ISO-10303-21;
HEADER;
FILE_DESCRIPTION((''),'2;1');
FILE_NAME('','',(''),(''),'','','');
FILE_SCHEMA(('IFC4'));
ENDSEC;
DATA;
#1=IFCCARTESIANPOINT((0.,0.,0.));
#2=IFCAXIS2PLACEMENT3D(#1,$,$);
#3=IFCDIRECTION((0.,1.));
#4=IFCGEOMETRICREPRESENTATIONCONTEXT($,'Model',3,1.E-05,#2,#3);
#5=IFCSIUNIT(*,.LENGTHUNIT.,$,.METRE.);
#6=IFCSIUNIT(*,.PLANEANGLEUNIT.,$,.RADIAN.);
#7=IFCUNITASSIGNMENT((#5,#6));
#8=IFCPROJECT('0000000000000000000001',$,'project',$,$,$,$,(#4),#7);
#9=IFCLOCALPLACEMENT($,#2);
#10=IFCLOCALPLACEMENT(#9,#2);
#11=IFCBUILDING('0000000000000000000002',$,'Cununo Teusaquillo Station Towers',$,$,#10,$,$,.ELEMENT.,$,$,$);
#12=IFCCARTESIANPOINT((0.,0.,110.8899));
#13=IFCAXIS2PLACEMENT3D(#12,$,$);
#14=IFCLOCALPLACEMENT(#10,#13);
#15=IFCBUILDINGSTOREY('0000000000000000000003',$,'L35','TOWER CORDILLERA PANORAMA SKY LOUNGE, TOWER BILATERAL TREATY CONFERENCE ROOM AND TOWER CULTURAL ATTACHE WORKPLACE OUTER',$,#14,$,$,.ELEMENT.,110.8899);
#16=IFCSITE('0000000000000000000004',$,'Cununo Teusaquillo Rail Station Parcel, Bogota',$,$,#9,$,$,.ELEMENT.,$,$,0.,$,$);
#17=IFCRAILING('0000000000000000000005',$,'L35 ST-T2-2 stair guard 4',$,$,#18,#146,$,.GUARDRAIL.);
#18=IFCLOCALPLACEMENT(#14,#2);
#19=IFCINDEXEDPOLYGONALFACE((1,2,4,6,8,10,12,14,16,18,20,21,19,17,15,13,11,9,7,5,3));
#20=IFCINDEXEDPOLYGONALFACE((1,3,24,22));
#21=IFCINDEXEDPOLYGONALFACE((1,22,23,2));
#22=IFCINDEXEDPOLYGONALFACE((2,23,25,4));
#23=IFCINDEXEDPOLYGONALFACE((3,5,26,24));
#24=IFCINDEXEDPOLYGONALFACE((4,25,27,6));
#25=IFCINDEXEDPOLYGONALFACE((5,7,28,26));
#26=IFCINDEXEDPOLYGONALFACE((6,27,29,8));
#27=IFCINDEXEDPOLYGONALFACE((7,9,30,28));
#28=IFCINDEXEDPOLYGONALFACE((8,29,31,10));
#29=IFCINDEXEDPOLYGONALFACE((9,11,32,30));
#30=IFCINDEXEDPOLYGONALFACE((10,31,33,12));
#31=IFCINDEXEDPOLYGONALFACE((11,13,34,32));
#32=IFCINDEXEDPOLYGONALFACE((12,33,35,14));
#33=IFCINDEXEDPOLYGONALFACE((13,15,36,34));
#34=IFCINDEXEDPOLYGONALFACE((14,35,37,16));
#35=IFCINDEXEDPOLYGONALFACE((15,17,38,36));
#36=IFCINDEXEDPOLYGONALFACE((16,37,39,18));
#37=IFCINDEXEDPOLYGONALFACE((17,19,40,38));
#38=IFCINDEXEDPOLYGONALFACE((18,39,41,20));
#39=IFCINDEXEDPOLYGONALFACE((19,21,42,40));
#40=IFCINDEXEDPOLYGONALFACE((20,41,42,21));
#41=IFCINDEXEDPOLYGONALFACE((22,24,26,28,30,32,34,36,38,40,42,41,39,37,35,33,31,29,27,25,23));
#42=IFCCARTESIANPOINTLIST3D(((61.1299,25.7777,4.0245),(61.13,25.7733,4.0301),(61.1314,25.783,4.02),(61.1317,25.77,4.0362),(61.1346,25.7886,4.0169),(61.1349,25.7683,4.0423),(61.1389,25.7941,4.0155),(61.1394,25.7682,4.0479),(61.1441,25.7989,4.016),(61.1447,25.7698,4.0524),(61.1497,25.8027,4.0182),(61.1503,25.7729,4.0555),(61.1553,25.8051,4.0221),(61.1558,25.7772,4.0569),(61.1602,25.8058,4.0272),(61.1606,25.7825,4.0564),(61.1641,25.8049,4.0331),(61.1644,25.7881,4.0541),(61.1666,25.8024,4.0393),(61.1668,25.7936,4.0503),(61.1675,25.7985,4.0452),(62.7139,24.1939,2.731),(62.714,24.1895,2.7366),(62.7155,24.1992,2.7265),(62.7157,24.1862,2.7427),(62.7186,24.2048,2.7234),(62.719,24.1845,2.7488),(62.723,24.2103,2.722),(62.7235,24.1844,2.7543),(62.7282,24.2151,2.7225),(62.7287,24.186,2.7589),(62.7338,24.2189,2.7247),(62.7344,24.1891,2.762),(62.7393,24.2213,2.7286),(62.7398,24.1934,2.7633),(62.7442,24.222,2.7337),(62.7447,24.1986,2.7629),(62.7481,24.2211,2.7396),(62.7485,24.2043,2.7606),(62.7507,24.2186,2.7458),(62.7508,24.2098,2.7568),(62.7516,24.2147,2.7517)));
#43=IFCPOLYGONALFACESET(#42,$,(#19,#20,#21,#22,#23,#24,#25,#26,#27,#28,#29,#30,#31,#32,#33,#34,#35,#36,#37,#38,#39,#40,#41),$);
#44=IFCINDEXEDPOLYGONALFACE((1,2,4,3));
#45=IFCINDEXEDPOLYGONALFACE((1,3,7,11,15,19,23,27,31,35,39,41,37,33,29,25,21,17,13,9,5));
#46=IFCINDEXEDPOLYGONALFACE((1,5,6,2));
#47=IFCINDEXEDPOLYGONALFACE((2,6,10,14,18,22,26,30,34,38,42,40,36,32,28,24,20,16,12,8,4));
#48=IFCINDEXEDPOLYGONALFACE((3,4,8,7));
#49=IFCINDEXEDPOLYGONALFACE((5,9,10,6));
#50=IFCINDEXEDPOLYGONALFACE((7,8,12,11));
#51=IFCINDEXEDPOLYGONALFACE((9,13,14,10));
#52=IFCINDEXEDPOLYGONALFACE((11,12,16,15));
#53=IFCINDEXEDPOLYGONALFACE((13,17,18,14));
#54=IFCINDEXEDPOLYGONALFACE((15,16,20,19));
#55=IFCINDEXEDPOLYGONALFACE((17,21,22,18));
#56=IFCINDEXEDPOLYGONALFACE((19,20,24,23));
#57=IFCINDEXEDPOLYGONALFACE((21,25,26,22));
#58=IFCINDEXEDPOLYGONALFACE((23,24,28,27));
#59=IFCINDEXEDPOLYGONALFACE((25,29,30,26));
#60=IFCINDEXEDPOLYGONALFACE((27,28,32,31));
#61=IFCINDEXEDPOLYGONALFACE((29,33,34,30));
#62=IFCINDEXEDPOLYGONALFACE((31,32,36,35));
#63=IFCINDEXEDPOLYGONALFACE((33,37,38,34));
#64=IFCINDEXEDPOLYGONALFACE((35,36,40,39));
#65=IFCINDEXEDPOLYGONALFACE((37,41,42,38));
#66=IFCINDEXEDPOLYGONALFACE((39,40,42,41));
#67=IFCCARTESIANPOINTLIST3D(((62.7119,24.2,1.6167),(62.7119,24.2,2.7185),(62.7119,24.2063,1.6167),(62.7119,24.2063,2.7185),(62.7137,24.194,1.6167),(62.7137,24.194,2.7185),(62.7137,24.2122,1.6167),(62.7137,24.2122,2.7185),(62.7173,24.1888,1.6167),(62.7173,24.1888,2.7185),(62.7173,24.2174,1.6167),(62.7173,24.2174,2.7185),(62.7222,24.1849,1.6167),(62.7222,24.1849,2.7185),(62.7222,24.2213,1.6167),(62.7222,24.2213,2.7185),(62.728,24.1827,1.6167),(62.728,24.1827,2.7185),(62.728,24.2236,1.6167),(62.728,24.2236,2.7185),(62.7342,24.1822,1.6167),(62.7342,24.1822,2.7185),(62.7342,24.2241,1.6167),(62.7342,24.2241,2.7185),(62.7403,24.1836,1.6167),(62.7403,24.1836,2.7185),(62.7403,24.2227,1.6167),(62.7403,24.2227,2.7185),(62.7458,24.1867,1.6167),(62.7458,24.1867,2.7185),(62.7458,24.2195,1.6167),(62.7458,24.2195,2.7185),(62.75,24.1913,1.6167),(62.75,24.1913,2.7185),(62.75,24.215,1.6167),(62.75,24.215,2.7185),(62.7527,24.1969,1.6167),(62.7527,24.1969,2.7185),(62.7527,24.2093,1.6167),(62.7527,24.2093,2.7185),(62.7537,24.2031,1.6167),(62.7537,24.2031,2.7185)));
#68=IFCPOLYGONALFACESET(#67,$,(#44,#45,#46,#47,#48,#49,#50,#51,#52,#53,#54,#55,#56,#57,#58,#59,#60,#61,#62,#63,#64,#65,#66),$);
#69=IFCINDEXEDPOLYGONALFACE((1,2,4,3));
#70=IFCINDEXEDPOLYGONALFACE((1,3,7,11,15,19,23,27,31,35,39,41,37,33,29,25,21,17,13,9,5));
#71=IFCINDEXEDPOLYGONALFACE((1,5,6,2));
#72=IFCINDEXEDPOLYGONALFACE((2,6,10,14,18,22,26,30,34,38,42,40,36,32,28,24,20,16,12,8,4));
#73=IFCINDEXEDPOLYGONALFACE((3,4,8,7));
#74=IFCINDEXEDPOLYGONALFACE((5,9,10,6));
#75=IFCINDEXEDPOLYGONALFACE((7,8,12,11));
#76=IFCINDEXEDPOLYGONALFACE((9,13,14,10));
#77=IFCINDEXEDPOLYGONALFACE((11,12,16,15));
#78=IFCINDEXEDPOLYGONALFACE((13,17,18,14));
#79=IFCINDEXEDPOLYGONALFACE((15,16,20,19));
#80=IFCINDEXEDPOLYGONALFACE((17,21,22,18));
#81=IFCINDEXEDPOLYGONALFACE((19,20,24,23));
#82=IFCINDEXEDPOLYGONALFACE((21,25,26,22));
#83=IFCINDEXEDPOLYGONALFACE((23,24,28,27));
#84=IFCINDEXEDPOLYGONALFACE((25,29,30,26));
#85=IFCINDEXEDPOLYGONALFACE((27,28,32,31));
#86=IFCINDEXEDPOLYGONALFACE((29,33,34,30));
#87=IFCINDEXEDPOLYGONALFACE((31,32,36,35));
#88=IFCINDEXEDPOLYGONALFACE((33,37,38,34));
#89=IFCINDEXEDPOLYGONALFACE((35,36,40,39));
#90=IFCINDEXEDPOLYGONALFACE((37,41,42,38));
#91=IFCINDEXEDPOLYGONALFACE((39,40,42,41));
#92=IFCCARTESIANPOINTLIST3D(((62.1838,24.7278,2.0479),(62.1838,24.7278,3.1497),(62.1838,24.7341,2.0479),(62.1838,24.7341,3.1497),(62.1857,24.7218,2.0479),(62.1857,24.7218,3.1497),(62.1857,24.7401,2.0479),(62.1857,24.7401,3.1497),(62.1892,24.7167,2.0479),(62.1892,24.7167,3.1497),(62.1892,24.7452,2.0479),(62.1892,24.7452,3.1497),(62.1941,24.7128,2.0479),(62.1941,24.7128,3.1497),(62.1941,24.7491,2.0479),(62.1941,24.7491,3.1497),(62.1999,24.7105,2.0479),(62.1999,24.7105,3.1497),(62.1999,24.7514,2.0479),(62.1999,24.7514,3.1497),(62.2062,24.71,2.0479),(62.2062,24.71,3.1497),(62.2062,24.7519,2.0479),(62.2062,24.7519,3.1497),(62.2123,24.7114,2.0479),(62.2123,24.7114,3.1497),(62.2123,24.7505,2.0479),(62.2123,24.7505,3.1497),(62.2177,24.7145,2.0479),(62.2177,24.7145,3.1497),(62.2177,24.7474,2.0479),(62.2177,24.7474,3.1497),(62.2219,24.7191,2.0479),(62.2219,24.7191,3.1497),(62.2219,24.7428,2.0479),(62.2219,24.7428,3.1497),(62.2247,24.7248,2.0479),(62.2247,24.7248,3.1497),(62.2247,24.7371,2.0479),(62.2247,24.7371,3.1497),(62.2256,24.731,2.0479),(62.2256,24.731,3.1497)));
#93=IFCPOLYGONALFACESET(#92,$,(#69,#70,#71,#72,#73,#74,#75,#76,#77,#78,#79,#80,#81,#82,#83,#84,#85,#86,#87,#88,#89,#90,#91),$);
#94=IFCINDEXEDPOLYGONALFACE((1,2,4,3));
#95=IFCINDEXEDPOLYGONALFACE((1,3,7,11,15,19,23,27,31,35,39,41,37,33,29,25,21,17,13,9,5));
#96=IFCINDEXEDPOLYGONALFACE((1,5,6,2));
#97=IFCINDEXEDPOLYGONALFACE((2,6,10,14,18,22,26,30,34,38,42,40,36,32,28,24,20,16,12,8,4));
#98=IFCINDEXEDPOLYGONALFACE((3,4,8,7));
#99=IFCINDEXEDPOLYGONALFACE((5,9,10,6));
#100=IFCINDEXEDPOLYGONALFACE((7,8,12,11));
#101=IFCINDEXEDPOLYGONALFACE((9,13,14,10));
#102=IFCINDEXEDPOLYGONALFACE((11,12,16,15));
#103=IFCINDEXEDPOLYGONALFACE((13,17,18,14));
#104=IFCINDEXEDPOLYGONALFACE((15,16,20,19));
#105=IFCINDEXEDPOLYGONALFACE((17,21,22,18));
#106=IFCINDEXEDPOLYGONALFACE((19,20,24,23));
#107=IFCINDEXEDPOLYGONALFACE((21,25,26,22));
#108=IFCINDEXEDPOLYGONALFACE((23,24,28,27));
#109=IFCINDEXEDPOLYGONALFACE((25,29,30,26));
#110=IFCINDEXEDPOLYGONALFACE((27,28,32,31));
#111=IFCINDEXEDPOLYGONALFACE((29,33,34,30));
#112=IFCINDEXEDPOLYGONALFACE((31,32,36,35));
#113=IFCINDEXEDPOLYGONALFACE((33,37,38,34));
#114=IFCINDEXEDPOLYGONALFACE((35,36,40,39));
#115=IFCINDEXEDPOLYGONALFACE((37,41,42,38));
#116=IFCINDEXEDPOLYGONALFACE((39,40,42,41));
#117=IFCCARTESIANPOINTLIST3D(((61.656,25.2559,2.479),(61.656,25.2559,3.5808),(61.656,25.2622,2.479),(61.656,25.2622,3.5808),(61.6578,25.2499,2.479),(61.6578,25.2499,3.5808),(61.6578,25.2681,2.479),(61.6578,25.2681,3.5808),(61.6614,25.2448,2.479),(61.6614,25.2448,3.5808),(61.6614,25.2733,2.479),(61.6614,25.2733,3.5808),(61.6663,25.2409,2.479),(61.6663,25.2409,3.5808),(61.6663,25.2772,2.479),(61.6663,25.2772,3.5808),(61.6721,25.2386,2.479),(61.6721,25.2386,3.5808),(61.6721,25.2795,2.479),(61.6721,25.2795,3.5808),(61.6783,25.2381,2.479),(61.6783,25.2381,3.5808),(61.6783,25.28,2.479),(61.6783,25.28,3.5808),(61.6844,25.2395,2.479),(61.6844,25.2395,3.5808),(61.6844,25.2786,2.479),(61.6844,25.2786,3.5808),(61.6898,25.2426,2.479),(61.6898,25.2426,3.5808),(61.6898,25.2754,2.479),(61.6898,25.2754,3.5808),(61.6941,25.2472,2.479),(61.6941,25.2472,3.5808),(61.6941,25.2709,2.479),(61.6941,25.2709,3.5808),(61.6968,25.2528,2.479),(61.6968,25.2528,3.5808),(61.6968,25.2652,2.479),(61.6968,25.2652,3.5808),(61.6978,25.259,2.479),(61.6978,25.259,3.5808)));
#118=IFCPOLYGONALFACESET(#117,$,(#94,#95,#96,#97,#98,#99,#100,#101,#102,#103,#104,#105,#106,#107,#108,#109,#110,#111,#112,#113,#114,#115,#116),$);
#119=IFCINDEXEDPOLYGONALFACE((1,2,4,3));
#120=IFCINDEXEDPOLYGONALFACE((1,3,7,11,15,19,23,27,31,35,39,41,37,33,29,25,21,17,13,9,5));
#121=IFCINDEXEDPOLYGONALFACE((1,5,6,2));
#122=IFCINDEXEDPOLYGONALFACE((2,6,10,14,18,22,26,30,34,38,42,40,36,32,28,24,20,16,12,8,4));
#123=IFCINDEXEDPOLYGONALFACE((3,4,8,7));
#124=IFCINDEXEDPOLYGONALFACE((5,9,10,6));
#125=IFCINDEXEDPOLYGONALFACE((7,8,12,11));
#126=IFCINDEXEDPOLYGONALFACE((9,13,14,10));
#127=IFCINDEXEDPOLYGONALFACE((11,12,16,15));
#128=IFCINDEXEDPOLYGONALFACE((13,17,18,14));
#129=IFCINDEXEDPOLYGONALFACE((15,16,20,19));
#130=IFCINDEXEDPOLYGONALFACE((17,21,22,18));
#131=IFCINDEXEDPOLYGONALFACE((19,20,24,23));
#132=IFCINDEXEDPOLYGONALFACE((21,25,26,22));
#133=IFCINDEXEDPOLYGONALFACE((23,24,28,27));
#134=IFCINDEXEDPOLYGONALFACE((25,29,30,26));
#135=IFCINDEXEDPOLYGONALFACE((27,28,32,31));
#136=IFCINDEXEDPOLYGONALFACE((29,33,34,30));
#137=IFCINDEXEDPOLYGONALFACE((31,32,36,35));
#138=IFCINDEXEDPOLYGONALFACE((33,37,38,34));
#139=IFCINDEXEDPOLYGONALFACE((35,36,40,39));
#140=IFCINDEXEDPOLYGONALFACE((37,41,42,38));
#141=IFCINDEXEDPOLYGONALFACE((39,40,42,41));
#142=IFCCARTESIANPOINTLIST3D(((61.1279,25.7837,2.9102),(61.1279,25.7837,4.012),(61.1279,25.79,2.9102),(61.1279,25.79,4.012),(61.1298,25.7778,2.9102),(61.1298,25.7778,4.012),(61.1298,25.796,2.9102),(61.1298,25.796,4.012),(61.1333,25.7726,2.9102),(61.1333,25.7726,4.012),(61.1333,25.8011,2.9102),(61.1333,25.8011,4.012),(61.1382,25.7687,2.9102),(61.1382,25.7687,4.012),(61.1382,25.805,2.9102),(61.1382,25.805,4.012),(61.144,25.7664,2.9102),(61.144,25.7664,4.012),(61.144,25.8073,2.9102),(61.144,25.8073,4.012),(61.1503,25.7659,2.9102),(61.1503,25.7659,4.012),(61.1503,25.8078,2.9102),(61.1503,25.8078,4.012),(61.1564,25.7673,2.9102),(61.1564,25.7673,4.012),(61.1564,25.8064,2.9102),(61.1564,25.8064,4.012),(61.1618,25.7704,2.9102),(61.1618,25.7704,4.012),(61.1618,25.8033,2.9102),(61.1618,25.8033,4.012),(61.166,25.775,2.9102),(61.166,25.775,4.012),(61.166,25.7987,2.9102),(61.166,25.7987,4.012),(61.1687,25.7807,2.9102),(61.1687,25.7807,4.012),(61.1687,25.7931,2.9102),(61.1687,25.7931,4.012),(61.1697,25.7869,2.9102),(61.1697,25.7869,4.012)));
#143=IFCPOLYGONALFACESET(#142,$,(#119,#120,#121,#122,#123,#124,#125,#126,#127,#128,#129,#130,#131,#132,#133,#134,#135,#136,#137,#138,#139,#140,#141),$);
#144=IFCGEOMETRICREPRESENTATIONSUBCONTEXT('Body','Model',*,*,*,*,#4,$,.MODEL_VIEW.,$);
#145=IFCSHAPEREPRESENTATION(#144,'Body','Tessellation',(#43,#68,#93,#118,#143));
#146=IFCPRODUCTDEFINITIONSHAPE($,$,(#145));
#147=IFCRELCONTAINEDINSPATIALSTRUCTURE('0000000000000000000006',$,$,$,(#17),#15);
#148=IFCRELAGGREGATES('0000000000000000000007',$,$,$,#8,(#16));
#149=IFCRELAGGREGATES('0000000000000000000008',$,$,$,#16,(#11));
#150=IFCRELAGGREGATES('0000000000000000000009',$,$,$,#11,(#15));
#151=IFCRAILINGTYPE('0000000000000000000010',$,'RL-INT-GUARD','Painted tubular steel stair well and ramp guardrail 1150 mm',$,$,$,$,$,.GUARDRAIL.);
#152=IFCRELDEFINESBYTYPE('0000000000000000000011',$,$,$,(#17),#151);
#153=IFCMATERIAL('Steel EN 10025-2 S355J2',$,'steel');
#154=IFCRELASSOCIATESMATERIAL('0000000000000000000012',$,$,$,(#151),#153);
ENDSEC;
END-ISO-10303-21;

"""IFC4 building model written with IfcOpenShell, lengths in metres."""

from ifc_helpers import new_model, si_unit, direction, frame, origin, origin_2d, place, context, subcontext, project, spatial, circle, extrude, material, type_object, element, save


model = new_model("IFC4")

# Units and contexts
model_context = context("Model", 3, precision=1e-05, world=origin(), true_north=direction((0.0, 1.0)))
body_context = subcontext(model_context, "Body", "Model", "MODEL_VIEW")
ifc_project = project(units=[si_unit("LENGTHUNIT", "METRE"), si_unit("PLANEANGLEUNIT", "RADIAN")], contexts=[model_context])

# Site, building, storey
site_placement = place(None, origin())
site = spatial("IfcSite", under=ifc_project, at=site_placement, Name="Cununo Teusaquillo Rail Station Parcel, Bogota", CompositionType="ELEMENT", RefElevation=0.0)
building_placement = place(site_placement, origin())
building = spatial("IfcBuilding", under=site, at=building_placement, Name="Cununo Teusaquillo Station Towers", CompositionType="ELEMENT")
storey_placement = place(building_placement, frame((0.0, 0.0, 110.8899)))
storey = spatial("IfcBuildingStorey", under=building, at=storey_placement, Name="L35", Description="TOWER CORDILLERA PANORAMA SKY LOUNGE, TOWER BILATERAL TREATY CONFERENCE ROOM AND TOWER CULTURAL ATTACHE WORKPLACE OUTER", CompositionType="ELEMENT", Elevation=110.8899)

# Railing
ifc_material_1 = material(Name="Steel EN 10025-2 S355J2", Category="steel")
railing_type_1 = type_object("IfcRailingType", Name="RL-INT-GUARD", Description="Painted tubular steel stair well and ramp guardrail 1150 mm", PredefinedType="GUARDRAIL", material=ifc_material_1)
railing_1_placement = place(storey_placement, frame((62.7327, 24.2031, 1.6167)))
element("IfcRailing", 1, at=railing_1_placement, inside=storey, type_object=railing_type_1, Name="L35 ST-T2-2 stair guard 4", PredefinedType="GUARDRAIL", context=body_context, shape_type="SweptSolid", body=[
    extrude(circle(Radius=0.0239, at=origin_2d()), frame((0.0, 0.0, 1.126), z_axis=(-0.612391, 0.612297, 0.500069), x_axis=(-0.707052, -0.707161, 0.0)), (0.0, 0.0, 1.0), 2.5867),
    extrude(circle(Radius=0.021, at=origin_2d()), origin(), (0.0, 0.0, 1.0), 1.1018),
    extrude(circle(Radius=0.021, at=origin_2d()), frame((-0.5281, 0.5278, 0.4312)), (0.0, 0.0, 1.0), 1.1018),
    extrude(circle(Radius=0.021, at=origin_2d()), frame((-1.0559, 1.0559, 0.8623)), (0.0, 0.0, 1.0), 1.1018),
    extrude(circle(Radius=0.021, at=origin_2d()), frame((-1.584, 1.5837, 1.2935)), (0.0, 0.0, 1.0), 1.1018),
])

save(model, "model.ifc")
